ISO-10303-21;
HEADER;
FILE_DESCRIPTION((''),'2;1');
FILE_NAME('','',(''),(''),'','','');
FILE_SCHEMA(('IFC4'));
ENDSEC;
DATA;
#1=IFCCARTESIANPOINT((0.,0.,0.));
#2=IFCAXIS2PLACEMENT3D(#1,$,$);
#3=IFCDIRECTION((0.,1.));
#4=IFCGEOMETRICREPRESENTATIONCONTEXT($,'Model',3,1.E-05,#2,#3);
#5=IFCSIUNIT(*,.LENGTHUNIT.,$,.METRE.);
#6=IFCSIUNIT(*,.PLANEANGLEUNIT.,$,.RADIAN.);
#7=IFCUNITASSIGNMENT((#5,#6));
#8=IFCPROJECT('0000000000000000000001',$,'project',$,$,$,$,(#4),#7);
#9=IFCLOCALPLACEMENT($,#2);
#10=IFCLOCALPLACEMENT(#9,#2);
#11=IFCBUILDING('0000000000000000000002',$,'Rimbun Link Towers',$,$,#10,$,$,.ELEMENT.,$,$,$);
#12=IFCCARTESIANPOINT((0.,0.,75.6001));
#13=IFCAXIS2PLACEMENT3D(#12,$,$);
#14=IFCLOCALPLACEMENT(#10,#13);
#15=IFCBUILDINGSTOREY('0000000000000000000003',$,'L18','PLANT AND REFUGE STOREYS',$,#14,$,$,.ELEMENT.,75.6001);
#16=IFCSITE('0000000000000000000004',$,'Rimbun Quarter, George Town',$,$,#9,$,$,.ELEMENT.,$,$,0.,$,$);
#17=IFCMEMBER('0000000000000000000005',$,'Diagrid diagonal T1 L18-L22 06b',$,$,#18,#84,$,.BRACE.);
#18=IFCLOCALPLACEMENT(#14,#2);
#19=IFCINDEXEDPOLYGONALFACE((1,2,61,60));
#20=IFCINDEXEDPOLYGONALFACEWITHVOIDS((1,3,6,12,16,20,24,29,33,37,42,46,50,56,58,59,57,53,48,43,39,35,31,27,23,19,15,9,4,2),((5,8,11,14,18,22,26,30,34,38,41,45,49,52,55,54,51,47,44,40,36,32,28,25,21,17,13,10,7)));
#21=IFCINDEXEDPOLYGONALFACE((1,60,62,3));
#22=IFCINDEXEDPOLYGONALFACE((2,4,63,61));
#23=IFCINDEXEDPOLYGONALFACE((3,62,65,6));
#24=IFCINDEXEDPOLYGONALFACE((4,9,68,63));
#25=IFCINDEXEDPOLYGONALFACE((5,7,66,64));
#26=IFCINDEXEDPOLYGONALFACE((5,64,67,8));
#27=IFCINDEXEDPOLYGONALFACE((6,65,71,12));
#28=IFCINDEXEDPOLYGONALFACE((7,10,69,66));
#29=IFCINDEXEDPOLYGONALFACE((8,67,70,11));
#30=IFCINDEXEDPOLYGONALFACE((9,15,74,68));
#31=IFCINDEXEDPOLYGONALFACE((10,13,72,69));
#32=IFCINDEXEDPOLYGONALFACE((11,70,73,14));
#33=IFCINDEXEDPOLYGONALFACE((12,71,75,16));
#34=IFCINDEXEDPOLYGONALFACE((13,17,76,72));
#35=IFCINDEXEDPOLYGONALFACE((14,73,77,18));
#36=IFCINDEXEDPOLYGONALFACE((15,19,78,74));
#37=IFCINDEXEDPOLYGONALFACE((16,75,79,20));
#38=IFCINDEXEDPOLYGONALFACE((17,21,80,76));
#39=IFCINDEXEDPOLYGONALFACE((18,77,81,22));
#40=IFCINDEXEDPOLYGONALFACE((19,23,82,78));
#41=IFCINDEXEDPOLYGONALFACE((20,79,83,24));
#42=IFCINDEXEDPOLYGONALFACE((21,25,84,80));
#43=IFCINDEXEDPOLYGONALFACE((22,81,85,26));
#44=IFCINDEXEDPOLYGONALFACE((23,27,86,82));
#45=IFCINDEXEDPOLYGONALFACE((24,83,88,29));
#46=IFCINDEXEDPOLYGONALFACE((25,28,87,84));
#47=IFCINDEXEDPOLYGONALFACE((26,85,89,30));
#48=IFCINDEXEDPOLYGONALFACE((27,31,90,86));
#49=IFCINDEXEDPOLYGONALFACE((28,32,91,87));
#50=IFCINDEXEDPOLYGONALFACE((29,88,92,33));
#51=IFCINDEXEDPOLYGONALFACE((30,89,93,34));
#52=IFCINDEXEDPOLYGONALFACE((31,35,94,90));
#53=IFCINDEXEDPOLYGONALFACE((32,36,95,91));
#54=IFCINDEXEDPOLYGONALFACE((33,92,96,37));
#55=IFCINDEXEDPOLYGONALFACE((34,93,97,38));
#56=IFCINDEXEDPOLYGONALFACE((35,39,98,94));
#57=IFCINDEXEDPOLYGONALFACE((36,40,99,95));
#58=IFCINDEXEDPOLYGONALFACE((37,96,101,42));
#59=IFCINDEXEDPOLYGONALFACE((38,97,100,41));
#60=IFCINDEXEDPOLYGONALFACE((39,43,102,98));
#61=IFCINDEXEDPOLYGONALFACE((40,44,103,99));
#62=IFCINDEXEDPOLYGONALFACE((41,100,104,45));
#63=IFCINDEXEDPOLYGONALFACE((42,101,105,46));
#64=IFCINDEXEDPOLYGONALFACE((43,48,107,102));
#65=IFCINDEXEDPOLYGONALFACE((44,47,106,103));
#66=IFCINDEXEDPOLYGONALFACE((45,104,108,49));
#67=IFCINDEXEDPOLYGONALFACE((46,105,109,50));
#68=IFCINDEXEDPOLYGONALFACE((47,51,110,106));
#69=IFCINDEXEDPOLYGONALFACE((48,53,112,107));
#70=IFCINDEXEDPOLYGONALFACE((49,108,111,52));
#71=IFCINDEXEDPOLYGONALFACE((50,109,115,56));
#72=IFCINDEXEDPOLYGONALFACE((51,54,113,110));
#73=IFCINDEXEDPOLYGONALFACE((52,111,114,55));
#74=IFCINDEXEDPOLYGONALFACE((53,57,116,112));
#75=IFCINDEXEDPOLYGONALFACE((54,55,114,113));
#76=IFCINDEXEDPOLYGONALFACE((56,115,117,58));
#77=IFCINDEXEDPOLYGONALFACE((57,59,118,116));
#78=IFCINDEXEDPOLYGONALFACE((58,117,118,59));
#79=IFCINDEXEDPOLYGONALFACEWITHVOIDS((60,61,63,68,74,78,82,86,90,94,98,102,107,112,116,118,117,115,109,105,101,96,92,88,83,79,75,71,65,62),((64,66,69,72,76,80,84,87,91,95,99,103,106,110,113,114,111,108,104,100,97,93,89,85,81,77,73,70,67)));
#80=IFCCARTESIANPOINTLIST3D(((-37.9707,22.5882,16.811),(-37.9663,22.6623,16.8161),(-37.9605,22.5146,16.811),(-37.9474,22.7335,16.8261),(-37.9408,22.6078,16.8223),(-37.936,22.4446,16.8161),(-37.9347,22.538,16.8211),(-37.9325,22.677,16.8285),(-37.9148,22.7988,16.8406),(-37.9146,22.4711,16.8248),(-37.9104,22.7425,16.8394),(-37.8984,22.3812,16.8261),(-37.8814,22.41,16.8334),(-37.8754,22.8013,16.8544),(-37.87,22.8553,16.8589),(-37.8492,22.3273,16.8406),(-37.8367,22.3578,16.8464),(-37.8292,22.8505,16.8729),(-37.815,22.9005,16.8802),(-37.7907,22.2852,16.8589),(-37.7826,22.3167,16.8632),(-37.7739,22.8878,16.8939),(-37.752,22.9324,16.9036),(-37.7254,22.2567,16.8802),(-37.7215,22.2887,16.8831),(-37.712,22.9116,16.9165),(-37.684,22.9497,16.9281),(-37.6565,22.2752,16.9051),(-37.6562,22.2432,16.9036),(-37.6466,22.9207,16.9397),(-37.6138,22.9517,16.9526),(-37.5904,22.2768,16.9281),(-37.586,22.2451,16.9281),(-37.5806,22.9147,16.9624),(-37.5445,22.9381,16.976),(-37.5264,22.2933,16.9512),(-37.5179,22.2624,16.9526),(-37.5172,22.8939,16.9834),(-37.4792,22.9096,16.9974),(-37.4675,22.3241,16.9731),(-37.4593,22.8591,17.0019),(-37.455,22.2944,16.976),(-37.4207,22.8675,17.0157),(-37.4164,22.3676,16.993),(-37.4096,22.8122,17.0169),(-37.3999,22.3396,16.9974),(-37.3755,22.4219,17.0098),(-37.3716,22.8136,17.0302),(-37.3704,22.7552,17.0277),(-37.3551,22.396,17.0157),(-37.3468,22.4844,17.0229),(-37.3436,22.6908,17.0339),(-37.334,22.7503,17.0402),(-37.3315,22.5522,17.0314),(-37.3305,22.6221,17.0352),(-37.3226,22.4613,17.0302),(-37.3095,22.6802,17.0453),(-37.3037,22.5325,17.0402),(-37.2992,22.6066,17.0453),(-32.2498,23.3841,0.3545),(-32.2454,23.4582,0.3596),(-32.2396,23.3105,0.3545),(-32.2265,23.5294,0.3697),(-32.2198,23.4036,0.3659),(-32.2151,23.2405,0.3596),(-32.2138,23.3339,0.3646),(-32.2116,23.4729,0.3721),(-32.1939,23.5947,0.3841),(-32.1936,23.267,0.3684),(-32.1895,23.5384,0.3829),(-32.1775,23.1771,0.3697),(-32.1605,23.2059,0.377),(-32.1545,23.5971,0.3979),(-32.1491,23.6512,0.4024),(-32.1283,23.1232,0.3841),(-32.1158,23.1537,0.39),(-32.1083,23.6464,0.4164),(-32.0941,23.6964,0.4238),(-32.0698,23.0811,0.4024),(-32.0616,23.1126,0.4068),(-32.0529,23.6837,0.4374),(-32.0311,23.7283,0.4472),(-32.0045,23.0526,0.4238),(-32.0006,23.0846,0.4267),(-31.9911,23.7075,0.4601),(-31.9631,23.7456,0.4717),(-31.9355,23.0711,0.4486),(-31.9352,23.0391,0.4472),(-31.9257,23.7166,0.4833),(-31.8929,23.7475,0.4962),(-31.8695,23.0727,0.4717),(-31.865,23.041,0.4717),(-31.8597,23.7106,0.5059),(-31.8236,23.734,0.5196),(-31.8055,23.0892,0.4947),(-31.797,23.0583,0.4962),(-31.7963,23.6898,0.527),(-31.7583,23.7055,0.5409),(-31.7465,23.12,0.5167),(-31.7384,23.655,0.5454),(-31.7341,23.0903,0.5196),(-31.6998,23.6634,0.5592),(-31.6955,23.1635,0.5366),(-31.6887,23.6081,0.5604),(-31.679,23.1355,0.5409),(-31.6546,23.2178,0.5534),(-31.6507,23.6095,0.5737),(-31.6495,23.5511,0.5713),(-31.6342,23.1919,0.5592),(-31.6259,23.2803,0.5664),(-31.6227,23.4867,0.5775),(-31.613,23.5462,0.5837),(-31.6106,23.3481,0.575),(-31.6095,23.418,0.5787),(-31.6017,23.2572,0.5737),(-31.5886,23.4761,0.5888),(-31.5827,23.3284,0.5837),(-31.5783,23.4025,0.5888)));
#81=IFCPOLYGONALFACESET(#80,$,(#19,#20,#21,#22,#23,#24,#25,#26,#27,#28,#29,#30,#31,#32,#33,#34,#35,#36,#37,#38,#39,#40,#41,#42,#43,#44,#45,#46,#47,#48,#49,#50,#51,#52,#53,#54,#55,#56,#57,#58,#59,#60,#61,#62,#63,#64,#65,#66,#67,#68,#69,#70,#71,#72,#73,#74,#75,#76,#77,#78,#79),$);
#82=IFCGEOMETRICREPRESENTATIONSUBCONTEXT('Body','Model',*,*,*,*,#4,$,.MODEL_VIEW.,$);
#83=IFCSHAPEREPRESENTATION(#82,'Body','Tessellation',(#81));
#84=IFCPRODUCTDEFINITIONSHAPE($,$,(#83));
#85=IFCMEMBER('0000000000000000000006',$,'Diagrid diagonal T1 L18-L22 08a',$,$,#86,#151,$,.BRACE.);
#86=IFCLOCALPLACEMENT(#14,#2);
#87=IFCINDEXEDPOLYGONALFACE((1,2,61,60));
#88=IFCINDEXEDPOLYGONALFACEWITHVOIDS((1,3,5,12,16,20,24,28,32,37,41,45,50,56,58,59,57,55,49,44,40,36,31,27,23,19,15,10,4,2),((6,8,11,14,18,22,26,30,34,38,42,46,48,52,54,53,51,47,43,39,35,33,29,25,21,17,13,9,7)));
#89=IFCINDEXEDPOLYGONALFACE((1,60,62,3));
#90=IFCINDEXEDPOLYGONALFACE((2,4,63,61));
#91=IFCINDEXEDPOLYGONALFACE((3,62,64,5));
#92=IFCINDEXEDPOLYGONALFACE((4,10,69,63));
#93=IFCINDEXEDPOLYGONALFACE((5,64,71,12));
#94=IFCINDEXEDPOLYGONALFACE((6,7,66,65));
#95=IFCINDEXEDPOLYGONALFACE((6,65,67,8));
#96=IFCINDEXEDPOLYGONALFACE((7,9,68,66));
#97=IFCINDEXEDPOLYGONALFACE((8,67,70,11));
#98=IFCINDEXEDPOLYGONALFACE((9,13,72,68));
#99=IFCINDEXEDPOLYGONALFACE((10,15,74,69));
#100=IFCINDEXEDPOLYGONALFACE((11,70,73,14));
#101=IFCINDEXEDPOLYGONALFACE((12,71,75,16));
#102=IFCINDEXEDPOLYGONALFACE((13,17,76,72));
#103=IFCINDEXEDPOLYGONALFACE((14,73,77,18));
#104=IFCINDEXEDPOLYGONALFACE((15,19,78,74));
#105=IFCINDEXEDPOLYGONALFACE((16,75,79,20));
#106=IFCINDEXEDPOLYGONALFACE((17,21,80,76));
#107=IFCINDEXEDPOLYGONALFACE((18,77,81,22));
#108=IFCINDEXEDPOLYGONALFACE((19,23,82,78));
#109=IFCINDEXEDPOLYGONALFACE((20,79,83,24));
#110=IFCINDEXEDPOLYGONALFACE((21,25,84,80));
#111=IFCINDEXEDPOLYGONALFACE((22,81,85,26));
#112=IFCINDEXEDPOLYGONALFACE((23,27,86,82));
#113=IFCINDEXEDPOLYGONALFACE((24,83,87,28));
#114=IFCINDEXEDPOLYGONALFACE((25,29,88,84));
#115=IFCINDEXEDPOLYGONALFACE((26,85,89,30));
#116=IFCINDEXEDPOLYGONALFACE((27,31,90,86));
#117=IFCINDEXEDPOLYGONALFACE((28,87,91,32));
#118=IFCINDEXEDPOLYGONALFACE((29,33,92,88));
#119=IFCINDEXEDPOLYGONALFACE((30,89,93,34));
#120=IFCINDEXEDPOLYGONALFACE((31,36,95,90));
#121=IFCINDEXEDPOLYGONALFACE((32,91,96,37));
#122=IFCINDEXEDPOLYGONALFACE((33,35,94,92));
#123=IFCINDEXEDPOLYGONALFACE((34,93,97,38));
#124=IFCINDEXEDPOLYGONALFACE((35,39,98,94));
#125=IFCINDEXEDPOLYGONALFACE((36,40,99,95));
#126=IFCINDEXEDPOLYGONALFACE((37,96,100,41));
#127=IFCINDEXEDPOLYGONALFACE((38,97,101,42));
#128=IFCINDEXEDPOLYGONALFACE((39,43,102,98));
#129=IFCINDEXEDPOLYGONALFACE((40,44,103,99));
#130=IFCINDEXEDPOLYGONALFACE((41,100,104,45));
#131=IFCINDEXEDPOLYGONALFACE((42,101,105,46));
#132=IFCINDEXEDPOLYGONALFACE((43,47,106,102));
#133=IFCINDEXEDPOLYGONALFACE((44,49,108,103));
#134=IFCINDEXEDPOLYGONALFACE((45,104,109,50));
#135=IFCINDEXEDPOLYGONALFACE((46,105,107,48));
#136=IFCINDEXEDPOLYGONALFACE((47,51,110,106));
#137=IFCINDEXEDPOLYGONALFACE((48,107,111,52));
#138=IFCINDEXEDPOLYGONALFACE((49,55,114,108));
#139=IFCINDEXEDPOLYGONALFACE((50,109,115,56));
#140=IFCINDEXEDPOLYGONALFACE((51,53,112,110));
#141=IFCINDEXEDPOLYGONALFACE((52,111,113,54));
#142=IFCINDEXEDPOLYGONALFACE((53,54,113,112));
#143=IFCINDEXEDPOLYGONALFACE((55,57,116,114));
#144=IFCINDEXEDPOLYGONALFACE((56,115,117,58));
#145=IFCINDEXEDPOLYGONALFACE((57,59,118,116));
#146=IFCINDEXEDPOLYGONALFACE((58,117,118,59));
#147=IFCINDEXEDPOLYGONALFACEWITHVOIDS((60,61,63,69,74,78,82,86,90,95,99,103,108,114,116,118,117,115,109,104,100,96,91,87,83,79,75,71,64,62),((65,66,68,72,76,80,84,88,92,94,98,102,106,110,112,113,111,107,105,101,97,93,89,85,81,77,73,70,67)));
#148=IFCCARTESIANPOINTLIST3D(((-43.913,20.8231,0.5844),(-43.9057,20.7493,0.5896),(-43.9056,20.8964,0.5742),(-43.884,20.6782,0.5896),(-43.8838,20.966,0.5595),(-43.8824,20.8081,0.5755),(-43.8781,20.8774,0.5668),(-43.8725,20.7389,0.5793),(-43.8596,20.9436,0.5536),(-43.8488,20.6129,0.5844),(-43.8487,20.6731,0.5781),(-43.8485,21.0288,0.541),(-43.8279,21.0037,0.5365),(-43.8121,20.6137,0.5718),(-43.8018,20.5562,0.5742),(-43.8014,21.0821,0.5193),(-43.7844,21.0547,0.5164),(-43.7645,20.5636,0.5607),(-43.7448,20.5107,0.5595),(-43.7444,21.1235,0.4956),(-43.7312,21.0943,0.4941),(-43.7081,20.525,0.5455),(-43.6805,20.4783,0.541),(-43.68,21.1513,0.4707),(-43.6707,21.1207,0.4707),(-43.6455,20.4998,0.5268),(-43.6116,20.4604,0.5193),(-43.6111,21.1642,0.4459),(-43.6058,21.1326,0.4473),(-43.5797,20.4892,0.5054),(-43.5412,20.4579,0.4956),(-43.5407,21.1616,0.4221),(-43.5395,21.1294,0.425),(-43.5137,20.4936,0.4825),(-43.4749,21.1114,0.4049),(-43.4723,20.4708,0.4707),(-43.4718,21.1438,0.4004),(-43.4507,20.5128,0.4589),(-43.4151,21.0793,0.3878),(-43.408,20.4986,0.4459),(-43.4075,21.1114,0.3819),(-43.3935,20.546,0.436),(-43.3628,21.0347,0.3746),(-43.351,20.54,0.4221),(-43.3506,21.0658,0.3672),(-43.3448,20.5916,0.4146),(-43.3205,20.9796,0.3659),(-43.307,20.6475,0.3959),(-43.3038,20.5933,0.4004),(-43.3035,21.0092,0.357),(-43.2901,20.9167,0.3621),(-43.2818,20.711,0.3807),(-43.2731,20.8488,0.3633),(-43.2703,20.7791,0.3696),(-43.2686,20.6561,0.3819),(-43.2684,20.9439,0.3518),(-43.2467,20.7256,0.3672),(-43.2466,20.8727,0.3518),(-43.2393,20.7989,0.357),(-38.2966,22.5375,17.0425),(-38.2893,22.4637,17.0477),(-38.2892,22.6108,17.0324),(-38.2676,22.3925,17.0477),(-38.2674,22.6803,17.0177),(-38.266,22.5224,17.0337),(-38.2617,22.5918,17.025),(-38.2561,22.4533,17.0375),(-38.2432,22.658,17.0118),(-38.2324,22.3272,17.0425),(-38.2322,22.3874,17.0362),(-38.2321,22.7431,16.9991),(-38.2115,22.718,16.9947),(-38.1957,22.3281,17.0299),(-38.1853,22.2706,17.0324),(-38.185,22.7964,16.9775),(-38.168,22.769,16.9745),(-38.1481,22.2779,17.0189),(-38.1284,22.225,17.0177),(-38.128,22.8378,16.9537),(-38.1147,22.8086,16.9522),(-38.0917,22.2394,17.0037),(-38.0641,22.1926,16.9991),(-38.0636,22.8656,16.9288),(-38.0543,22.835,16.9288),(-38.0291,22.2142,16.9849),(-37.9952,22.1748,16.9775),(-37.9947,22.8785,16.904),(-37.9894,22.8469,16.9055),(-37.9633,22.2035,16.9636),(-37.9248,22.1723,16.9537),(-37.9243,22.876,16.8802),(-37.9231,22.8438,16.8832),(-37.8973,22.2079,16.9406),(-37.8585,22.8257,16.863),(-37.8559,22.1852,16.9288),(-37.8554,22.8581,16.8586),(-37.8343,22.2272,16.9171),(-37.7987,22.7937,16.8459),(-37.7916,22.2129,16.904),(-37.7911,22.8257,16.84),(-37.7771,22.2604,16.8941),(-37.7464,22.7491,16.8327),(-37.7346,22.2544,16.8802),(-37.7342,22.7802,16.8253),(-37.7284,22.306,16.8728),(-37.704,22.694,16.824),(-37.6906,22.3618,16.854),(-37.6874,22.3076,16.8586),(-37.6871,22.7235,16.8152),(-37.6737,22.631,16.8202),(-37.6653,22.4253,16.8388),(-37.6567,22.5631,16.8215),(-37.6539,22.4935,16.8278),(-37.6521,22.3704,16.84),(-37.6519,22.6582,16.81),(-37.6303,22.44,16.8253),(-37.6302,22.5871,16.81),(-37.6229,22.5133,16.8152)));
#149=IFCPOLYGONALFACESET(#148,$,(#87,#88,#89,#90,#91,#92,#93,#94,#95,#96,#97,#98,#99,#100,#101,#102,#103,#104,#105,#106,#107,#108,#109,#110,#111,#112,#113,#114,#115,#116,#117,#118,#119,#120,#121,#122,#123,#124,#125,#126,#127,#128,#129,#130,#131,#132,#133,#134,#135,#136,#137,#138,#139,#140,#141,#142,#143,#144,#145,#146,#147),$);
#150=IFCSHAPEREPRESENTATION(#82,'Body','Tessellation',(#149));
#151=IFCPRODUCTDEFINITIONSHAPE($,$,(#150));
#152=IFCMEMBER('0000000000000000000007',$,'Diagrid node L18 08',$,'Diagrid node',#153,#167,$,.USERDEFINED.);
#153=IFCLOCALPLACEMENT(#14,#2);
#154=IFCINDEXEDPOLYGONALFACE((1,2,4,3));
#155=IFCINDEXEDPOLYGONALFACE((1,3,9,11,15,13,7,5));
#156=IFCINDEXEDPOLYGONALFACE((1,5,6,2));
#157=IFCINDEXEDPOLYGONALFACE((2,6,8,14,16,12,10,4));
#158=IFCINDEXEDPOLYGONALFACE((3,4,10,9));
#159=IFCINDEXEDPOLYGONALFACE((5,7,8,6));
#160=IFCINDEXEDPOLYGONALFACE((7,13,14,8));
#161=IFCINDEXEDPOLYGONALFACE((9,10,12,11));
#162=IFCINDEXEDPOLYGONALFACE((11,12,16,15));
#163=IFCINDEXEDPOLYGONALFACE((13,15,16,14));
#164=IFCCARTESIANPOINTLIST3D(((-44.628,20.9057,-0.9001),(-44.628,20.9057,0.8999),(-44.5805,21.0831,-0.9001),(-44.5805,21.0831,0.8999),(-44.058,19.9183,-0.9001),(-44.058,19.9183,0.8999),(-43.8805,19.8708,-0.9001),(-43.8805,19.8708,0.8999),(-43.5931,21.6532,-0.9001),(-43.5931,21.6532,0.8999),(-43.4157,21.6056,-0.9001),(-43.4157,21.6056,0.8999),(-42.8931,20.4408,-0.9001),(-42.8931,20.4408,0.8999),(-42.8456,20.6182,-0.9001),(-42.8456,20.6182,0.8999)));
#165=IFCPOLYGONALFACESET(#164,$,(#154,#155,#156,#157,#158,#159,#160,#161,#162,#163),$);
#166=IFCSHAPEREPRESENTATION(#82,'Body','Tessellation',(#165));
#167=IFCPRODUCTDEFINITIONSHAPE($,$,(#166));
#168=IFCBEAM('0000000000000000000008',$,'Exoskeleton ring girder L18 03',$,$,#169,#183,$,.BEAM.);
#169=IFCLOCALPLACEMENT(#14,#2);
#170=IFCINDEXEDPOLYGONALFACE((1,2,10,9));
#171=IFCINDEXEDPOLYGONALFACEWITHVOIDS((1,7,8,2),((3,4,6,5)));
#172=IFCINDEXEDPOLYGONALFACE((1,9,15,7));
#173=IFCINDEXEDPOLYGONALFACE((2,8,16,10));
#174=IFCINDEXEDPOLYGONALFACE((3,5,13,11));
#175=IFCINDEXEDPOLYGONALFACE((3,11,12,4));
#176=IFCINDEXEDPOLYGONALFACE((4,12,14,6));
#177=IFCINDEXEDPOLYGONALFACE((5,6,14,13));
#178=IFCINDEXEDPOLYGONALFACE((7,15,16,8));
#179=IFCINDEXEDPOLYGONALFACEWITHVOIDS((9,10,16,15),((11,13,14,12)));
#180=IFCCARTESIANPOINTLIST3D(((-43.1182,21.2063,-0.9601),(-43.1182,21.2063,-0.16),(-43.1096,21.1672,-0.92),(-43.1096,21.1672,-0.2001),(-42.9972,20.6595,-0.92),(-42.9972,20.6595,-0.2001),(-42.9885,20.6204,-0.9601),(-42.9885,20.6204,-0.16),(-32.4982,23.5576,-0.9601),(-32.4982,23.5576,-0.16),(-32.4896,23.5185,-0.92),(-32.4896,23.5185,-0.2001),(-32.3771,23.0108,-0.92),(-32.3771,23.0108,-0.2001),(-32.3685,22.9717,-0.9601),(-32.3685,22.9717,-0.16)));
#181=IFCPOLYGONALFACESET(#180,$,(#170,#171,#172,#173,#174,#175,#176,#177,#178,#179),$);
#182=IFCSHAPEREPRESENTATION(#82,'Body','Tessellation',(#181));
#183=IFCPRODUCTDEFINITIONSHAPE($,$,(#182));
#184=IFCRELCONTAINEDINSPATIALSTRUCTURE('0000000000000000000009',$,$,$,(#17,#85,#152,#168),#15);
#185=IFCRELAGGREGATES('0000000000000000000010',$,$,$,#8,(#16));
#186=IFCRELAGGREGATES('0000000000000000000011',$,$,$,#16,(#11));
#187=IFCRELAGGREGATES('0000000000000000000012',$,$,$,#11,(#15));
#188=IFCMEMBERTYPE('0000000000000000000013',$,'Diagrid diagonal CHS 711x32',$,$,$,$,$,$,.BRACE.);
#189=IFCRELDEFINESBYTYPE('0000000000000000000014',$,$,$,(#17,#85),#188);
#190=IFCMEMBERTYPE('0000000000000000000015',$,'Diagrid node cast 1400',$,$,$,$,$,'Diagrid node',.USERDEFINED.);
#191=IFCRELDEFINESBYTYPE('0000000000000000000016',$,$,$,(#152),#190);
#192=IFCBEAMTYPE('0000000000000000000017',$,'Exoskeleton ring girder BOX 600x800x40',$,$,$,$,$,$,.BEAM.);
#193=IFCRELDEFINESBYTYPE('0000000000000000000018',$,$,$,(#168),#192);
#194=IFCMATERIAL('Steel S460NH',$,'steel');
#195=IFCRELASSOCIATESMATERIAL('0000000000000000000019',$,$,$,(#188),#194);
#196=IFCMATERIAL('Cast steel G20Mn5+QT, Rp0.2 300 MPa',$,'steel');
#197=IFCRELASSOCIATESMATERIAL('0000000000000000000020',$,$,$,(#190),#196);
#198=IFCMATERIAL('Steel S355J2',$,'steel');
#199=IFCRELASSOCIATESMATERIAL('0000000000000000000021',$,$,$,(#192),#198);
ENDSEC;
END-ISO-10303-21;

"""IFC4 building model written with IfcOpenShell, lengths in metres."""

from ifc_helpers import new_model, si_unit, direction, frame, origin, origin_2d, place, context, subcontext, project, spatial, polyline, hollow_rectangle, hollow_circle, outline, extrude, material, material_profile, profile_set, type_object, element, save


model = new_model("IFC4")

# Units and contexts
model_context = context("Model", 3, precision=1e-05, world=origin(), true_north=direction((0.0, 1.0)))
body_context = subcontext(model_context, "Body", "Model", "MODEL_VIEW")
ifc_project = project(units=[si_unit("LENGTHUNIT", "METRE"), si_unit("PLANEANGLEUNIT", "RADIAN")], contexts=[model_context])

# Site, building, storey
site_placement = place(None, origin())
site = spatial("IfcSite", under=ifc_project, at=site_placement, Name="Rimbun Quarter, George Town", CompositionType="ELEMENT", RefElevation=0.0)
building_placement = place(site_placement, origin())
building = spatial("IfcBuilding", under=site, at=building_placement, Name="Rimbun Link Towers", CompositionType="ELEMENT")
storey_placement = place(building_placement, frame((0.0, 0.0, 75.6001)))
storey = spatial("IfcBuildingStorey", under=building, at=storey_placement, Name="L18", Description="PLANT AND REFUGE STOREYS", CompositionType="ELEMENT", Elevation=75.6001)

# Members
ifc_material_1 = material(Name="Steel S460NH", Category="steel")
ifc_material_profile_1 = material_profile(ifc_material_1, hollow_circle(Radius=0.3557, WallThickness=0.032, at=origin_2d()), Name="Diagrid diagonal CHS 711x32")
ifc_profile_set_1 = profile_set([ifc_material_profile_1], Name="Steel S460NH")
member_type_1 = type_object("IfcMemberType", Name="Diagrid diagonal CHS 711x32", PredefinedType="BRACE", material=ifc_profile_set_1)
member_1_placement = place(storey_placement, frame((-31.9141, 23.3933, 0.4717), z_axis=(-0.328021, -0.045634, 0.943567), x_axis=(0.137793, -0.990461, 0.0)))
element("IfcMember", 1, at=member_1_placement, inside=storey, type_object=member_type_1, Name="Diagrid diagonal T1 L18-L22 06b", PredefinedType="BRACE", context=body_context, shape_type="SweptSolid", body=[
    extrude(hollow_circle(Radius=0.3557, WallThickness=0.032, at=origin_2d()), origin(), (0.0, 0.0, 1.0), 17.4407),
])
member_2_placement = place(storey_placement, frame((-43.5762, 20.811, 0.4707), z_axis=(0.321409, 0.098106, 0.941845), x_axis=(-0.291941, 0.956436, 0.0)))
element("IfcMember", 2, at=member_2_placement, inside=storey, type_object=member_type_1, Name="Diagrid diagonal T1 L18-L22 08a", PredefinedType="BRACE", context=body_context, shape_type="SweptSolid", body=[
    extrude(hollow_circle(Radius=0.3557, WallThickness=0.032, at=origin_2d()), origin(), (0.0, 0.0, 1.0), 17.4744),
])
ifc_material_2 = material(Name="Cast steel G20Mn5+QT, Rp0.2 300 MPa", Category="steel")
ifc_material_profile_2 = material_profile(ifc_material_2, outline(polyline([(0.7, -0.5701), (0.7, 0.5701), (0.5701, 0.7), (-0.5701, 0.7), (-0.7, 0.5701), (-0.7, -0.5701), (-0.5701, -0.7), (0.5701, -0.7), (0.7, -0.5701)])), Name="NODE 1400x1400")
ifc_profile_set_2 = profile_set([ifc_material_profile_2], Name="Cast steel G20Mn5+QT, Rp0.2 300 MPa")
member_type_2 = type_object("IfcMemberType", Name="Diagrid node cast 1400", ElementType="Diagrid node", PredefinedType="USERDEFINED", material=ifc_profile_set_2)
member_3_placement = place(storey_placement, frame((-43.7368, 20.762, -0.9001), z_axis=(0.0, 0.0, 1.0), x_axis=(-0.5, 0.866025, 0.0)))
element("IfcMember", 3, at=member_3_placement, inside=storey, type_object=member_type_2, Name="Diagrid node L18 08", ObjectType="Diagrid node", PredefinedType="USERDEFINED", context=body_context, shape_type="SweptSolid", body=[
    extrude(outline(polyline([(0.7, -0.5701), (0.7, 0.5701), (0.5701, 0.7), (-0.5701, 0.7), (-0.7, 0.5701), (-0.7, -0.5701), (-0.5701, -0.7), (0.5701, -0.7), (0.7, -0.5701)])), origin(), (0.0, 0.0, 1.0), 1.8),
])

# Beam
ifc_material_3 = material(Name="Steel S355J2", Category="steel")
ifc_material_profile_3 = material_profile(ifc_material_3, hollow_rectangle(XDim=0.6001, YDim=0.8, WallThickness=0.04, at=origin_2d()), Name="Exoskeleton ring girder BOX 600x800x40")
ifc_profile_set_3 = profile_set([ifc_material_profile_3], Name="Steel S355J2")
beam_type_1 = type_object("IfcBeamType", Name="Exoskeleton ring girder BOX 600x800x40", PredefinedType="BEAM", material=ifc_profile_set_3)
beam_1_placement = place(storey_placement, frame((-32.4333, 23.2646, -0.5601), z_axis=(-0.976356, -0.216168, 0.0), x_axis=(0.216168, -0.976356, 0.0)))
element("IfcBeam", 4, at=beam_1_placement, inside=storey, type_object=beam_type_1, Name="Exoskeleton ring girder L18 03", PredefinedType="BEAM", context=body_context, shape_type="SweptSolid", body=[
    extrude(hollow_rectangle(XDim=0.6001, YDim=0.8, WallThickness=0.04, at=origin_2d()), origin(), (0.0, 0.0, 1.0), 10.8772),
])

save(model, "model.ifc")
